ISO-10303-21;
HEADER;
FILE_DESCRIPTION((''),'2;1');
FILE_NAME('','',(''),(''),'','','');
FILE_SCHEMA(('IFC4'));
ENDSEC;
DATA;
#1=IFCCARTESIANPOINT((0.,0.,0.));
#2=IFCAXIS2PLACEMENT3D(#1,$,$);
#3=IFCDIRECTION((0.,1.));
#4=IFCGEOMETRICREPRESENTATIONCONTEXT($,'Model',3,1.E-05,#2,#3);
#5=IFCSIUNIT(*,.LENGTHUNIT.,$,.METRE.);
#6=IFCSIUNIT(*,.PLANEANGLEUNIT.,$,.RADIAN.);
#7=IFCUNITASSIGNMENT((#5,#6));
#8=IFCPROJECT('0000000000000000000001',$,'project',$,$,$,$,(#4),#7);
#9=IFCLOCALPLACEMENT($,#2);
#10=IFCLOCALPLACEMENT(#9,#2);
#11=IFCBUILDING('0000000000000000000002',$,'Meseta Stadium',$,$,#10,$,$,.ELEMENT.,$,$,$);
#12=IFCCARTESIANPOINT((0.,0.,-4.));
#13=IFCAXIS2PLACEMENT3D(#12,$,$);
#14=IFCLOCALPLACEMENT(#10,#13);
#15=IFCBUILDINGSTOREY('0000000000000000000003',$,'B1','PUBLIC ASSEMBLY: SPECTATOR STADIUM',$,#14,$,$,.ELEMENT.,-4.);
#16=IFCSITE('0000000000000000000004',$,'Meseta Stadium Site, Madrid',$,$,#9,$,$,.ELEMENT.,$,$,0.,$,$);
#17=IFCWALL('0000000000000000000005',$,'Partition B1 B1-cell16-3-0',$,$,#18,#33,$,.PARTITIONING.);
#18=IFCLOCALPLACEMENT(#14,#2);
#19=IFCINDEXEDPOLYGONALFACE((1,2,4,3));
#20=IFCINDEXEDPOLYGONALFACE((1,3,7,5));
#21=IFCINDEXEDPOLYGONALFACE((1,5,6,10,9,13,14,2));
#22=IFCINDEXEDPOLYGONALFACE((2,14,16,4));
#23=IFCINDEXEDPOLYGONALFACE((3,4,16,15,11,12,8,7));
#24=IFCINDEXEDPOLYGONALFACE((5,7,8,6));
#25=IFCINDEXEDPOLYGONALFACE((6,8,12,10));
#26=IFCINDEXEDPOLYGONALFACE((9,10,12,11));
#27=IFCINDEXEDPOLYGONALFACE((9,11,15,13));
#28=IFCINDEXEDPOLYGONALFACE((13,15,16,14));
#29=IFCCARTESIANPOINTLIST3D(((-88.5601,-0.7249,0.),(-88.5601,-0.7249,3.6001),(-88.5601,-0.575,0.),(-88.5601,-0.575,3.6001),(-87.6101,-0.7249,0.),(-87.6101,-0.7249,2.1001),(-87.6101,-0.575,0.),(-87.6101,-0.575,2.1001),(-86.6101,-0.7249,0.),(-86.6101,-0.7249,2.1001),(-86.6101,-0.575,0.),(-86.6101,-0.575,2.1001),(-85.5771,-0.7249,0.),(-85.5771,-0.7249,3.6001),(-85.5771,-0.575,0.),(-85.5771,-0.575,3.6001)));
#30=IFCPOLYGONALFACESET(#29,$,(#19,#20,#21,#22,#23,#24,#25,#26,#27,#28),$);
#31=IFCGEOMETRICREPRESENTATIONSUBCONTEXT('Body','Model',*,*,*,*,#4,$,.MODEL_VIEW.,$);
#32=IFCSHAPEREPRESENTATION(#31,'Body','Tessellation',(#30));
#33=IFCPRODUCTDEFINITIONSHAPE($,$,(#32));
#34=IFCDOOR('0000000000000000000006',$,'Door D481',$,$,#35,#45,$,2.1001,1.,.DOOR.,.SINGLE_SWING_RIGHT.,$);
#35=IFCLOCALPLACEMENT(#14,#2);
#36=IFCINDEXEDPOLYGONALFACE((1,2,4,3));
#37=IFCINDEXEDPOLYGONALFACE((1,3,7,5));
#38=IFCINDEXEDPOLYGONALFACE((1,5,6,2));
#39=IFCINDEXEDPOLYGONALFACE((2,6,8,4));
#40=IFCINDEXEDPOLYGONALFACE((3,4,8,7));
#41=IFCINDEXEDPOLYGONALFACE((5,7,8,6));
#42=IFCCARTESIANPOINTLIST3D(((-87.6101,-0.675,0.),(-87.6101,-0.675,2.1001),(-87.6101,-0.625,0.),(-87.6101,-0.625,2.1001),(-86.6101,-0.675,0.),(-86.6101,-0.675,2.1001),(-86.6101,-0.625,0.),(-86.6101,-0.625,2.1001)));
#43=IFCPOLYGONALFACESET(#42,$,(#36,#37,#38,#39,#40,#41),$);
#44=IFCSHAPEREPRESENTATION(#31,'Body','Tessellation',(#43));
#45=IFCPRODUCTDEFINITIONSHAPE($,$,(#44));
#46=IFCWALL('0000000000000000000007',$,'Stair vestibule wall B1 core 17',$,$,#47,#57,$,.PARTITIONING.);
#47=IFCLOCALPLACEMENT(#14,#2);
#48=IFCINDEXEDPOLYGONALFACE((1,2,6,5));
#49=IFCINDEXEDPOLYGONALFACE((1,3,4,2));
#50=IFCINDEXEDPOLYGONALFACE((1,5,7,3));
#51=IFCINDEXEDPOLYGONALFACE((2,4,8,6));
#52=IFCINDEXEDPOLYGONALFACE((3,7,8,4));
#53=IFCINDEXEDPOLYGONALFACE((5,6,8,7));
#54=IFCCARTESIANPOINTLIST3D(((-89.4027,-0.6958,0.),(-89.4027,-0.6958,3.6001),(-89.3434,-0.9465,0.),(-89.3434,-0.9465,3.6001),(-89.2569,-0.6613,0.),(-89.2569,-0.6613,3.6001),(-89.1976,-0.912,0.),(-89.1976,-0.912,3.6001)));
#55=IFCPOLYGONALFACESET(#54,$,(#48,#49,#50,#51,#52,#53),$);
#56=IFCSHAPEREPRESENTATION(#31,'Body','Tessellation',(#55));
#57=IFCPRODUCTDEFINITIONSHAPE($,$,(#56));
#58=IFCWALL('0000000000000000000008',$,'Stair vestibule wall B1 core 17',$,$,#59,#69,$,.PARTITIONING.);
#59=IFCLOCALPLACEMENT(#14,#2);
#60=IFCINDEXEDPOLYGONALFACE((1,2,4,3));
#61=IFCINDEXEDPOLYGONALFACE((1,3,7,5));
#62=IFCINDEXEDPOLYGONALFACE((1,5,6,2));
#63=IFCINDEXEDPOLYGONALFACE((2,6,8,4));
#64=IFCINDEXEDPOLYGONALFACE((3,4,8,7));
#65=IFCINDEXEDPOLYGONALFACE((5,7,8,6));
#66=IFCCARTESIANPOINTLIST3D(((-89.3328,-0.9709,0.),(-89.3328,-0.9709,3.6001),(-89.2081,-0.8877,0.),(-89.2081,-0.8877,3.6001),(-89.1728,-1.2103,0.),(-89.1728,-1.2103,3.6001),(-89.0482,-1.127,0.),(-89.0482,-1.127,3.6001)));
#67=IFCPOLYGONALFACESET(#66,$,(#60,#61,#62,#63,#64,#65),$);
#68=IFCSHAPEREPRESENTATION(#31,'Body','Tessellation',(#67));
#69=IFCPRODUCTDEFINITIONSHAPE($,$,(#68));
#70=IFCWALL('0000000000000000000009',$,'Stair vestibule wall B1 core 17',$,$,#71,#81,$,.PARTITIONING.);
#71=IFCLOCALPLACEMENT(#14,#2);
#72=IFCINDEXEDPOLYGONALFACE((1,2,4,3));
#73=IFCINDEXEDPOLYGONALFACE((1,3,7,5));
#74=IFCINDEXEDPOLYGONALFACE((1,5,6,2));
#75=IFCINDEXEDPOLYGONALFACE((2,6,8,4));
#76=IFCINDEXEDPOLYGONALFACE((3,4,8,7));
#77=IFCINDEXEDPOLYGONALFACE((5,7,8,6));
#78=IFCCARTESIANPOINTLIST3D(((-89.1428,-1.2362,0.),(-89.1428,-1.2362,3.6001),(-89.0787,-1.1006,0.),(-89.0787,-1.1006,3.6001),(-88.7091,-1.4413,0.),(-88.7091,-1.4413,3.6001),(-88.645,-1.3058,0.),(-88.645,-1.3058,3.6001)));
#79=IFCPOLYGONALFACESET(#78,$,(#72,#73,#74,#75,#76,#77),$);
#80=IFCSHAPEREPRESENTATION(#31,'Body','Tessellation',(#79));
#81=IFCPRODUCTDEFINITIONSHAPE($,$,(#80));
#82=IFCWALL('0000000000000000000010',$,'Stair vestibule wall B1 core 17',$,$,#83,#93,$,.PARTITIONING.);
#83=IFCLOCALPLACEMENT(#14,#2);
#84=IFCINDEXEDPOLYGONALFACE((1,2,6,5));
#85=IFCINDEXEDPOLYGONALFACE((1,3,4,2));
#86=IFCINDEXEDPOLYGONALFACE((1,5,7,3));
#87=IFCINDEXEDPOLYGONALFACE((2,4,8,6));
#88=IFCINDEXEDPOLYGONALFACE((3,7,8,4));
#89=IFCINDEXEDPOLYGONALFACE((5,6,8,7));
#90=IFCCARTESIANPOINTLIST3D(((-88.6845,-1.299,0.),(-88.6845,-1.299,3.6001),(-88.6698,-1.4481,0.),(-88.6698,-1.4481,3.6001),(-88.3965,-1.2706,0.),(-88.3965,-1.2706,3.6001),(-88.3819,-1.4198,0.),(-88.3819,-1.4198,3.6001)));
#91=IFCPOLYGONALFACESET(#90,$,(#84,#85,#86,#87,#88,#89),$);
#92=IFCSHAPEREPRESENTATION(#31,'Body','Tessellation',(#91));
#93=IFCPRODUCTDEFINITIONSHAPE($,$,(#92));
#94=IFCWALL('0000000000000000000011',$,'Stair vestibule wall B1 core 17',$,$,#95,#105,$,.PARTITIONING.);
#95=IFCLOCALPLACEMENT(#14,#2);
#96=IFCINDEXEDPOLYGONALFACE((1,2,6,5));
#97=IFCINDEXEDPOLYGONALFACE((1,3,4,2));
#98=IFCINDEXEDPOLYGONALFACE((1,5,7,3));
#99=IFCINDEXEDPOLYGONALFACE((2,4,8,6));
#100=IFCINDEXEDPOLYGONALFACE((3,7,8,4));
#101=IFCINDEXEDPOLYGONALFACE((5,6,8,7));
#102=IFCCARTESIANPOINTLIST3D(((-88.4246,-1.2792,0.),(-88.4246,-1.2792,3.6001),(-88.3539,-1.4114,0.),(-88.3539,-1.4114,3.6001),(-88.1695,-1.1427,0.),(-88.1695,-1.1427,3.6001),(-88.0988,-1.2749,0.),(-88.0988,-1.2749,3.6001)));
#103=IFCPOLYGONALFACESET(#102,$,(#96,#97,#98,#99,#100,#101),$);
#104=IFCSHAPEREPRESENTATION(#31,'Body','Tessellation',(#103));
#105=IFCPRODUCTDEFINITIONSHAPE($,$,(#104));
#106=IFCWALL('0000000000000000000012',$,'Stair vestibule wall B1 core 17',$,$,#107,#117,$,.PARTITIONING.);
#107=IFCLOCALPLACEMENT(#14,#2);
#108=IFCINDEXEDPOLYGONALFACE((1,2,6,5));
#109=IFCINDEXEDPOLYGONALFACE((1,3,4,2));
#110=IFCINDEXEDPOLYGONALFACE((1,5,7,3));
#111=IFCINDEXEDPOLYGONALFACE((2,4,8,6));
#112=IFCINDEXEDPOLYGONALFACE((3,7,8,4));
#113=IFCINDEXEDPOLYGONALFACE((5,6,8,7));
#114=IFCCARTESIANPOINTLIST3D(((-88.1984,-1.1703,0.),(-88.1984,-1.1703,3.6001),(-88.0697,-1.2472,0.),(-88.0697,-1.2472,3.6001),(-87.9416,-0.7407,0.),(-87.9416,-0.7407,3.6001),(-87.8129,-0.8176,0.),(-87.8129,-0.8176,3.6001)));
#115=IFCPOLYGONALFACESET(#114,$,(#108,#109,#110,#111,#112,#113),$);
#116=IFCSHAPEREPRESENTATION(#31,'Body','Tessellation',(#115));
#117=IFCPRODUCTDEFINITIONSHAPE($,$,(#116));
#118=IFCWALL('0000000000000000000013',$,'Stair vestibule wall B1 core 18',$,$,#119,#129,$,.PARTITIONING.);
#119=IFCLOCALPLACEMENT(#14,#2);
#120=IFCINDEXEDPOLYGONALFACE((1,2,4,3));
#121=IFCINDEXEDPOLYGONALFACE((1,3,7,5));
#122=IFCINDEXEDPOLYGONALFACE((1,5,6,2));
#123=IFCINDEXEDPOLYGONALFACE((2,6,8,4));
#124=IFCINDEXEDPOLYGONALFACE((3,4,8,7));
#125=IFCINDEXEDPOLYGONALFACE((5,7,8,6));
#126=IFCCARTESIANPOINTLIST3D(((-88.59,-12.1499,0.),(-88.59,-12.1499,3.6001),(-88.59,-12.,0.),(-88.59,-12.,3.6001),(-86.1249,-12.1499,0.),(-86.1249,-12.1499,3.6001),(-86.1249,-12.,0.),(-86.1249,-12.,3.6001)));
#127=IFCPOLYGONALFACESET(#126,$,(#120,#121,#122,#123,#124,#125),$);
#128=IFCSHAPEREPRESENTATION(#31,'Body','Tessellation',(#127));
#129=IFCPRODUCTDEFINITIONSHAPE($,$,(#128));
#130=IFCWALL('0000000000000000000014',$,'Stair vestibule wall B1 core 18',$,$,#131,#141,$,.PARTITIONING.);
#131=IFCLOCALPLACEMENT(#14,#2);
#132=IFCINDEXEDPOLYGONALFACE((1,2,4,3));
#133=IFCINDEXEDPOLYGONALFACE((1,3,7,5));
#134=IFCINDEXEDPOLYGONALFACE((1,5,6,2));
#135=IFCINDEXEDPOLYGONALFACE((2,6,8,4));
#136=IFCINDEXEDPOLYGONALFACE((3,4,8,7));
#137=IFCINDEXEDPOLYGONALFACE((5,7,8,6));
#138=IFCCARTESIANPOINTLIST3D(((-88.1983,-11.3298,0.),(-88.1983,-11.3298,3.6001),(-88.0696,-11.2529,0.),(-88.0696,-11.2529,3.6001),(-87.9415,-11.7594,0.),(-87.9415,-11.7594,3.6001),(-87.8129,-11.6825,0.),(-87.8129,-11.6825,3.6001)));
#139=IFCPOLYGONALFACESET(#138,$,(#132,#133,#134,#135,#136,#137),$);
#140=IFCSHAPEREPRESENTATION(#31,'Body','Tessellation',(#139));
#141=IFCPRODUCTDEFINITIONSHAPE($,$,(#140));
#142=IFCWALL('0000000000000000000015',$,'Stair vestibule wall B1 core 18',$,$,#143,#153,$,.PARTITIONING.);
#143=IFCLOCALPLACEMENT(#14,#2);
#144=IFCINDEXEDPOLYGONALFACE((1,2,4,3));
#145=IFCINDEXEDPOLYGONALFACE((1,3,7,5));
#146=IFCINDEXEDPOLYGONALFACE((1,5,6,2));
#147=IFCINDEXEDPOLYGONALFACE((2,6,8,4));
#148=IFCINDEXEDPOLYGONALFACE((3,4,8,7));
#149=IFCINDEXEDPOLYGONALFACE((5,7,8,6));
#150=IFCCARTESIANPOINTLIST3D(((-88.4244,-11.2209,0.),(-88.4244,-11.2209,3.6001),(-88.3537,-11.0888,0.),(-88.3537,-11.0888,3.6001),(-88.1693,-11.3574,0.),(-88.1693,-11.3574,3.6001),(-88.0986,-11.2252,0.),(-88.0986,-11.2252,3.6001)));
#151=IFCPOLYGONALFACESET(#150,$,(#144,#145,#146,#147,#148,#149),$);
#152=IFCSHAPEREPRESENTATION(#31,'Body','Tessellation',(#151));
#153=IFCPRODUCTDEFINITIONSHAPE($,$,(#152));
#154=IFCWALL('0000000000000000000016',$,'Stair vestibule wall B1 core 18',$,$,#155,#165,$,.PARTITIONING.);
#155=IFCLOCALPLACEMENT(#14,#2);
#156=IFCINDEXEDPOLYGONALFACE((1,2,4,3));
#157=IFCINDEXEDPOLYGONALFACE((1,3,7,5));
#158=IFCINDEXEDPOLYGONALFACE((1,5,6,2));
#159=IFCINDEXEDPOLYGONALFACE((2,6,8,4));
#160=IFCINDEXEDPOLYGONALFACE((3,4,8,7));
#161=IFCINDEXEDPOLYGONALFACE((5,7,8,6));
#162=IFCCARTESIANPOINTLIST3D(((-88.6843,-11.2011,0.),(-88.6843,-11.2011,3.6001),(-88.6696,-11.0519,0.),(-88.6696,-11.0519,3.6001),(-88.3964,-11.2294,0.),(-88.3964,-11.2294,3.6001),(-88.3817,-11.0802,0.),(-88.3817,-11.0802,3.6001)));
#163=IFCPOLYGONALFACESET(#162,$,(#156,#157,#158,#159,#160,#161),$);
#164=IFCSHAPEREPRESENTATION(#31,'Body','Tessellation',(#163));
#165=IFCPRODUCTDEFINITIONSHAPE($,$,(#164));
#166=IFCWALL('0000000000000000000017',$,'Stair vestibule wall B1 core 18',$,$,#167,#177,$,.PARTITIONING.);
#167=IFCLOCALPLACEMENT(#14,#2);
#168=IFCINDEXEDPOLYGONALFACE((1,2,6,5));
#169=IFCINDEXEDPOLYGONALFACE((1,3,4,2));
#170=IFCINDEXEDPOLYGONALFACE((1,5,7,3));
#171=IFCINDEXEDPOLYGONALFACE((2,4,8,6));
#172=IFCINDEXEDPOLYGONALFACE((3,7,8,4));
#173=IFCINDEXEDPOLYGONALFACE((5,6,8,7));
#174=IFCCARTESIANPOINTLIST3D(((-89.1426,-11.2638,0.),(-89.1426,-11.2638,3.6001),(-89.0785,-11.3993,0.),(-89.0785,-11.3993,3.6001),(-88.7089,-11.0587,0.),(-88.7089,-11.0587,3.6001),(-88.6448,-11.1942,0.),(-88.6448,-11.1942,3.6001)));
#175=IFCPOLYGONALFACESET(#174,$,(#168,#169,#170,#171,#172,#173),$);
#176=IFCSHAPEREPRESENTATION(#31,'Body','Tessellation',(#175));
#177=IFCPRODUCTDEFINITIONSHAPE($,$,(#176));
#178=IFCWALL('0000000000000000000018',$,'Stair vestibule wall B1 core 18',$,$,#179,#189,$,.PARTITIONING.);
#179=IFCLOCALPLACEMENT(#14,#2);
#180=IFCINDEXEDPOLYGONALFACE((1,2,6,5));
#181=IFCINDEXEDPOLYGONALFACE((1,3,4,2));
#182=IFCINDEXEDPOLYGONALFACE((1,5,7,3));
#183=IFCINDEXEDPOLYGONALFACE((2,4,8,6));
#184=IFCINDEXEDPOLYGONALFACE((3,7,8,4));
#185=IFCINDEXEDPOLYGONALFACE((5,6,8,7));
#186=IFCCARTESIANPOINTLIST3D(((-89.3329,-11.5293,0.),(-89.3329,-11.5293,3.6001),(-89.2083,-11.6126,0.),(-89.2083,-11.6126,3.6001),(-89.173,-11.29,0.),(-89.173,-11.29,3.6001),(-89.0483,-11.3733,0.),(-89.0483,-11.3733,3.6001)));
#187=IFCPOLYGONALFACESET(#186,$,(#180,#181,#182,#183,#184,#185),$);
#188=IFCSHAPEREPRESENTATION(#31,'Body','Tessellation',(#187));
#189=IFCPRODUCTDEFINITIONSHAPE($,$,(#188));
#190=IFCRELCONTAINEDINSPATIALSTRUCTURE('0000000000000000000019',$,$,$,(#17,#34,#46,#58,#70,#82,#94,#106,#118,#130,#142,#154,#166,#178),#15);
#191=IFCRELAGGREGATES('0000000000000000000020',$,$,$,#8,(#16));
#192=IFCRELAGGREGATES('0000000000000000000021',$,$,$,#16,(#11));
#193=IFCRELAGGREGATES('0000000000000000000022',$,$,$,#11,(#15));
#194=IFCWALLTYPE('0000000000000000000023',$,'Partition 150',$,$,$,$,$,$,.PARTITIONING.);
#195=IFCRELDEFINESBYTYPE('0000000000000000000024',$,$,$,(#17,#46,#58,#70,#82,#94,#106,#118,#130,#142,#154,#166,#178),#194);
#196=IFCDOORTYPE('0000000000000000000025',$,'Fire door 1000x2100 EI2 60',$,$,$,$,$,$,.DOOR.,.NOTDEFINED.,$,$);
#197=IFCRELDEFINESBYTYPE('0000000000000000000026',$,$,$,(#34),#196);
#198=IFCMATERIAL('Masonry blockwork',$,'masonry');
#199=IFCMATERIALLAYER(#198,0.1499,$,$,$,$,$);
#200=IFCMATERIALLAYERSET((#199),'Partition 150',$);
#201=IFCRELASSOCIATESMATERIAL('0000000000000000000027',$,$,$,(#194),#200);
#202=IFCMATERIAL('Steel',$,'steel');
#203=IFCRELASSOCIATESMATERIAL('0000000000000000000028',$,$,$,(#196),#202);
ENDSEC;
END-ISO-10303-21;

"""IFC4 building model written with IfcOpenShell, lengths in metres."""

from ifc_helpers import new_model, si_unit, direction, frame, frame_2d, origin, place, context, subcontext, project, spatial, rectangle, extrude, material, layer, layer_set, type_object, element, fill, save


model = new_model("IFC4")

# Units and contexts
model_context = context("Model", 3, precision=1e-05, world=origin(), true_north=direction((0.0, 1.0)))
body_context = subcontext(model_context, "Body", "Model", "MODEL_VIEW")
ifc_project = project(units=[si_unit("LENGTHUNIT", "METRE"), si_unit("PLANEANGLEUNIT", "RADIAN")], contexts=[model_context])

# Site, building, storey
site_placement = place(None, origin())
site = spatial("IfcSite", under=ifc_project, at=site_placement, Name="Meseta Stadium Site, Madrid", CompositionType="ELEMENT", RefElevation=0.0)
building_placement = place(site_placement, origin())
building = spatial("IfcBuilding", under=site, at=building_placement, Name="Meseta Stadium", CompositionType="ELEMENT")
storey_placement = place(building_placement, frame((0.0, 0.0, -4.0)))
storey = spatial("IfcBuildingStorey", under=building, at=storey_placement, Name="B1", Description="PUBLIC ASSEMBLY: SPECTATOR STADIUM", CompositionType="ELEMENT", Elevation=-4.0)

# Wall, opening, door
ifc_material_1 = material(Name="Masonry blockwork", Category="masonry")
ifc_layer_1 = layer(ifc_material_1, 0.1499)
ifc_layer_set_1 = layer_set([ifc_layer_1], Name="Partition 150")
wall_type_1 = type_object("IfcWallType", Name="Partition 150", PredefinedType="PARTITIONING", material=ifc_layer_set_1)
wall_1_placement = place(storey_placement, frame((-88.5601, -0.6499, 0.0), z_axis=(0.0, 0.0, 1.0), x_axis=(1.0, 0.0, 0.0)))
wall_1 = element("IfcWall", 1, at=wall_1_placement, inside=storey, type_object=wall_type_1, Name="Partition B1 B1-cell16-3-0", PredefinedType="PARTITIONING", context=body_context, shape_type="SweptSolid", body=[
    extrude(rectangle(XDim=2.9829, YDim=0.1499, at=frame_2d((1.4915, 0.0))), origin(), (0.0, 0.0, 1.0), 3.6001),
])
opening_1_placement = place(wall_1_placement, frame((0.95, 0.0, 0.0)))
opening_1 = element("IfcOpeningElement", 2, at=opening_1_placement, cuts=wall_1, PredefinedType="OPENING", context=body_context, shape_type="SweptSolid", body=[
    extrude(rectangle(XDim=1.0, YDim=2.1001, at=frame_2d((0.5, 1.05))), frame((0.0, 0.085, 0.0), z_axis=(0.0, -1.0, 0.0), x_axis=(1.0, 0.0, 0.0)), (0.0, 0.0, 1.0), 0.1699),
])
ifc_material_2 = material(Name="Steel", Category="steel")
door_type_1 = type_object("IfcDoorType", Name="Fire door 1000x2100 EI2 60", OperationType="NOTDEFINED", PredefinedType="DOOR", material=ifc_material_2)
door_1_placement = place(opening_1_placement, origin())
door_1 = element("IfcDoor", 3, at=door_1_placement, inside=storey, type_object=door_type_1, Name="Door D481", OperationType="SINGLE_SWING_RIGHT", OverallHeight=2.1001, OverallWidth=1.0, PredefinedType="DOOR", context=body_context, shape_type="SweptSolid", body=[
    extrude(rectangle(XDim=1.0, YDim=2.1001, at=frame_2d((0.5, 1.05))), frame((0.0, 0.0249, 0.0), z_axis=(0.0, -1.0, 0.0), x_axis=(1.0, 0.0, 0.0)), (0.0, 0.0, 1.0), 0.05),
])
fill(opening_1, door_1)

# Walls
wall_2_placement = place(storey_placement, frame((-89.3298, -0.6785, 0.0), z_axis=(0.0, 0.0, 1.0), x_axis=(0.230254, -0.973131, 0.0)))
element("IfcWall", 4, at=wall_2_placement, inside=storey, type_object=wall_type_1, Name="Stair vestibule wall B1 core 17", PredefinedType="PARTITIONING", context=body_context, shape_type="SweptSolid", body=[
    extrude(rectangle(XDim=0.2576, YDim=0.1499, at=frame_2d((0.1289, 0.0))), origin(), (0.0, 0.0, 1.0), 3.6001),
])
wall_3_placement = place(storey_placement, frame((-89.2705, -0.9292, 0.0), z_axis=(0.0, 0.0, 1.0), x_axis=(0.555679, -0.831397, 0.0)))
element("IfcWall", 5, at=wall_3_placement, inside=storey, type_object=wall_type_1, Name="Stair vestibule wall B1 core 17", PredefinedType="PARTITIONING", context=body_context, shape_type="SweptSolid", body=[
    extrude(rectangle(XDim=0.2878, YDim=0.1499, at=frame_2d((0.144, 0.0))), origin(), (0.0, 0.0, 1.0), 3.6001),
])
wall_4_placement = place(storey_placement, frame((-89.1106, -1.1685, 0.0), z_axis=(0.0, 0.0, 1.0), x_axis=(0.903986, -0.427561, 0.0)))
element("IfcWall", 6, at=wall_4_placement, inside=storey, type_object=wall_type_1, Name="Stair vestibule wall B1 core 17", PredefinedType="PARTITIONING", context=body_context, shape_type="SweptSolid", body=[
    extrude(rectangle(XDim=0.4797, YDim=0.1499, at=frame_2d((0.2397, 0.0))), origin(), (0.0, 0.0, 1.0), 3.6001),
])
for number, where, z_axis, x_axis, name in (
    (7, (-88.677, -1.3735, 0.0), (0.0, 0.0, 1.0), (0.995195, 0.097916, 0.0), "Stair vestibule wall B1 core 17"),
    (8, (-88.3892, -1.3452, 0.0), (0.0, 0.0, 1.0), (0.881768, 0.471683, 0.0), "Stair vestibule wall B1 core 17"),
):
    element("IfcWall", number, at=place(storey_placement, frame(where, z_axis=z_axis, x_axis=x_axis)), inside=storey, type_object=wall_type_1, Name=name, PredefinedType="PARTITIONING", context=body_context, shape_type="SweptSolid", body=[
        extrude(rectangle(XDim=0.2893, YDim=0.1499, at=frame_2d((0.1445, 0.0))), origin(), (0.0, 0.0, 1.0), 3.6001),
    ])
wall_5_placement = place(storey_placement, frame((-88.134, -1.2087, 0.0), z_axis=(0.0, 0.0, 1.0), x_axis=(0.513061, 0.858352, 0.0)))
element("IfcWall", 9, at=wall_5_placement, inside=storey, type_object=wall_type_1, Name="Stair vestibule wall B1 core 17", PredefinedType="PARTITIONING", context=body_context, shape_type="SweptSolid", body=[
    extrude(rectangle(XDim=0.5005, YDim=0.1499, at=frame_2d((0.2502, 0.0))), origin(), (0.0, 0.0, 1.0), 3.6001),
])
wall_6_placement = place(storey_placement, frame((-86.125, -12.075, 0.0), z_axis=(0.0, 0.0, 1.0), x_axis=(-1.0, 0.0, 0.0)))
element("IfcWall", 10, at=wall_6_placement, inside=storey, type_object=wall_type_1, Name="Stair vestibule wall B1 core 18", PredefinedType="PARTITIONING", context=body_context, shape_type="SweptSolid", body=[
    extrude(rectangle(XDim=2.4651, YDim=0.1499, at=frame_2d((1.2324, 0.0))), origin(), (0.0, 0.0, 1.0), 3.6001),
])
wall_7_placement = place(storey_placement, frame((-87.8772, -11.7209, 0.0), z_axis=(0.0, 0.0, 1.0), x_axis=(-0.513061, 0.858352, 0.0)))
element("IfcWall", 11, at=wall_7_placement, inside=storey, type_object=wall_type_1, Name="Stair vestibule wall B1 core 18", PredefinedType="PARTITIONING", context=body_context, shape_type="SweptSolid", body=[
    extrude(rectangle(XDim=0.5005, YDim=0.1499, at=frame_2d((0.2502, 0.0))), origin(), (0.0, 0.0, 1.0), 3.6001),
])
for number, where, z_axis, x_axis, name in (
    (12, (-88.134, -11.2913, 0.0), (0.0, 0.0, 1.0), (-0.881768, 0.471683, 0.0), "Stair vestibule wall B1 core 18"),
    (13, (-88.3892, -11.1548, 0.0), (0.0, 0.0, 1.0), (-0.995195, 0.097916, 0.0), "Stair vestibule wall B1 core 18"),
):
    element("IfcWall", number, at=place(storey_placement, frame(where, z_axis=z_axis, x_axis=x_axis)), inside=storey, type_object=wall_type_1, Name=name, PredefinedType="PARTITIONING", context=body_context, shape_type="SweptSolid", body=[
        extrude(rectangle(XDim=0.2893, YDim=0.1499, at=frame_2d((0.1445, 0.0))), origin(), (0.0, 0.0, 1.0), 3.6001),
    ])
wall_8_placement = place(storey_placement, frame((-88.677, -11.1265, 0.0), z_axis=(0.0, 0.0, 1.0), x_axis=(-0.903986, -0.427561, 0.0)))
element("IfcWall", 14, at=wall_8_placement, inside=storey, type_object=wall_type_1, Name="Stair vestibule wall B1 core 18", PredefinedType="PARTITIONING", context=body_context, shape_type="SweptSolid", body=[
    extrude(rectangle(XDim=0.4797, YDim=0.1499, at=frame_2d((0.2397, 0.0))), origin(), (0.0, 0.0, 1.0), 3.6001),
])
wall_9_placement = place(storey_placement, frame((-89.1106, -11.3315, 0.0), z_axis=(0.0, 0.0, 1.0), x_axis=(-0.555679, -0.831397, 0.0)))
element("IfcWall", 15, at=wall_9_placement, inside=storey, type_object=wall_type_1, Name="Stair vestibule wall B1 core 18", PredefinedType="PARTITIONING", context=body_context, shape_type="SweptSolid", body=[
    extrude(rectangle(XDim=0.2878, YDim=0.1499, at=frame_2d((0.144, 0.0))), origin(), (0.0, 0.0, 1.0), 3.6001),
])

save(model, "model.ifc")
